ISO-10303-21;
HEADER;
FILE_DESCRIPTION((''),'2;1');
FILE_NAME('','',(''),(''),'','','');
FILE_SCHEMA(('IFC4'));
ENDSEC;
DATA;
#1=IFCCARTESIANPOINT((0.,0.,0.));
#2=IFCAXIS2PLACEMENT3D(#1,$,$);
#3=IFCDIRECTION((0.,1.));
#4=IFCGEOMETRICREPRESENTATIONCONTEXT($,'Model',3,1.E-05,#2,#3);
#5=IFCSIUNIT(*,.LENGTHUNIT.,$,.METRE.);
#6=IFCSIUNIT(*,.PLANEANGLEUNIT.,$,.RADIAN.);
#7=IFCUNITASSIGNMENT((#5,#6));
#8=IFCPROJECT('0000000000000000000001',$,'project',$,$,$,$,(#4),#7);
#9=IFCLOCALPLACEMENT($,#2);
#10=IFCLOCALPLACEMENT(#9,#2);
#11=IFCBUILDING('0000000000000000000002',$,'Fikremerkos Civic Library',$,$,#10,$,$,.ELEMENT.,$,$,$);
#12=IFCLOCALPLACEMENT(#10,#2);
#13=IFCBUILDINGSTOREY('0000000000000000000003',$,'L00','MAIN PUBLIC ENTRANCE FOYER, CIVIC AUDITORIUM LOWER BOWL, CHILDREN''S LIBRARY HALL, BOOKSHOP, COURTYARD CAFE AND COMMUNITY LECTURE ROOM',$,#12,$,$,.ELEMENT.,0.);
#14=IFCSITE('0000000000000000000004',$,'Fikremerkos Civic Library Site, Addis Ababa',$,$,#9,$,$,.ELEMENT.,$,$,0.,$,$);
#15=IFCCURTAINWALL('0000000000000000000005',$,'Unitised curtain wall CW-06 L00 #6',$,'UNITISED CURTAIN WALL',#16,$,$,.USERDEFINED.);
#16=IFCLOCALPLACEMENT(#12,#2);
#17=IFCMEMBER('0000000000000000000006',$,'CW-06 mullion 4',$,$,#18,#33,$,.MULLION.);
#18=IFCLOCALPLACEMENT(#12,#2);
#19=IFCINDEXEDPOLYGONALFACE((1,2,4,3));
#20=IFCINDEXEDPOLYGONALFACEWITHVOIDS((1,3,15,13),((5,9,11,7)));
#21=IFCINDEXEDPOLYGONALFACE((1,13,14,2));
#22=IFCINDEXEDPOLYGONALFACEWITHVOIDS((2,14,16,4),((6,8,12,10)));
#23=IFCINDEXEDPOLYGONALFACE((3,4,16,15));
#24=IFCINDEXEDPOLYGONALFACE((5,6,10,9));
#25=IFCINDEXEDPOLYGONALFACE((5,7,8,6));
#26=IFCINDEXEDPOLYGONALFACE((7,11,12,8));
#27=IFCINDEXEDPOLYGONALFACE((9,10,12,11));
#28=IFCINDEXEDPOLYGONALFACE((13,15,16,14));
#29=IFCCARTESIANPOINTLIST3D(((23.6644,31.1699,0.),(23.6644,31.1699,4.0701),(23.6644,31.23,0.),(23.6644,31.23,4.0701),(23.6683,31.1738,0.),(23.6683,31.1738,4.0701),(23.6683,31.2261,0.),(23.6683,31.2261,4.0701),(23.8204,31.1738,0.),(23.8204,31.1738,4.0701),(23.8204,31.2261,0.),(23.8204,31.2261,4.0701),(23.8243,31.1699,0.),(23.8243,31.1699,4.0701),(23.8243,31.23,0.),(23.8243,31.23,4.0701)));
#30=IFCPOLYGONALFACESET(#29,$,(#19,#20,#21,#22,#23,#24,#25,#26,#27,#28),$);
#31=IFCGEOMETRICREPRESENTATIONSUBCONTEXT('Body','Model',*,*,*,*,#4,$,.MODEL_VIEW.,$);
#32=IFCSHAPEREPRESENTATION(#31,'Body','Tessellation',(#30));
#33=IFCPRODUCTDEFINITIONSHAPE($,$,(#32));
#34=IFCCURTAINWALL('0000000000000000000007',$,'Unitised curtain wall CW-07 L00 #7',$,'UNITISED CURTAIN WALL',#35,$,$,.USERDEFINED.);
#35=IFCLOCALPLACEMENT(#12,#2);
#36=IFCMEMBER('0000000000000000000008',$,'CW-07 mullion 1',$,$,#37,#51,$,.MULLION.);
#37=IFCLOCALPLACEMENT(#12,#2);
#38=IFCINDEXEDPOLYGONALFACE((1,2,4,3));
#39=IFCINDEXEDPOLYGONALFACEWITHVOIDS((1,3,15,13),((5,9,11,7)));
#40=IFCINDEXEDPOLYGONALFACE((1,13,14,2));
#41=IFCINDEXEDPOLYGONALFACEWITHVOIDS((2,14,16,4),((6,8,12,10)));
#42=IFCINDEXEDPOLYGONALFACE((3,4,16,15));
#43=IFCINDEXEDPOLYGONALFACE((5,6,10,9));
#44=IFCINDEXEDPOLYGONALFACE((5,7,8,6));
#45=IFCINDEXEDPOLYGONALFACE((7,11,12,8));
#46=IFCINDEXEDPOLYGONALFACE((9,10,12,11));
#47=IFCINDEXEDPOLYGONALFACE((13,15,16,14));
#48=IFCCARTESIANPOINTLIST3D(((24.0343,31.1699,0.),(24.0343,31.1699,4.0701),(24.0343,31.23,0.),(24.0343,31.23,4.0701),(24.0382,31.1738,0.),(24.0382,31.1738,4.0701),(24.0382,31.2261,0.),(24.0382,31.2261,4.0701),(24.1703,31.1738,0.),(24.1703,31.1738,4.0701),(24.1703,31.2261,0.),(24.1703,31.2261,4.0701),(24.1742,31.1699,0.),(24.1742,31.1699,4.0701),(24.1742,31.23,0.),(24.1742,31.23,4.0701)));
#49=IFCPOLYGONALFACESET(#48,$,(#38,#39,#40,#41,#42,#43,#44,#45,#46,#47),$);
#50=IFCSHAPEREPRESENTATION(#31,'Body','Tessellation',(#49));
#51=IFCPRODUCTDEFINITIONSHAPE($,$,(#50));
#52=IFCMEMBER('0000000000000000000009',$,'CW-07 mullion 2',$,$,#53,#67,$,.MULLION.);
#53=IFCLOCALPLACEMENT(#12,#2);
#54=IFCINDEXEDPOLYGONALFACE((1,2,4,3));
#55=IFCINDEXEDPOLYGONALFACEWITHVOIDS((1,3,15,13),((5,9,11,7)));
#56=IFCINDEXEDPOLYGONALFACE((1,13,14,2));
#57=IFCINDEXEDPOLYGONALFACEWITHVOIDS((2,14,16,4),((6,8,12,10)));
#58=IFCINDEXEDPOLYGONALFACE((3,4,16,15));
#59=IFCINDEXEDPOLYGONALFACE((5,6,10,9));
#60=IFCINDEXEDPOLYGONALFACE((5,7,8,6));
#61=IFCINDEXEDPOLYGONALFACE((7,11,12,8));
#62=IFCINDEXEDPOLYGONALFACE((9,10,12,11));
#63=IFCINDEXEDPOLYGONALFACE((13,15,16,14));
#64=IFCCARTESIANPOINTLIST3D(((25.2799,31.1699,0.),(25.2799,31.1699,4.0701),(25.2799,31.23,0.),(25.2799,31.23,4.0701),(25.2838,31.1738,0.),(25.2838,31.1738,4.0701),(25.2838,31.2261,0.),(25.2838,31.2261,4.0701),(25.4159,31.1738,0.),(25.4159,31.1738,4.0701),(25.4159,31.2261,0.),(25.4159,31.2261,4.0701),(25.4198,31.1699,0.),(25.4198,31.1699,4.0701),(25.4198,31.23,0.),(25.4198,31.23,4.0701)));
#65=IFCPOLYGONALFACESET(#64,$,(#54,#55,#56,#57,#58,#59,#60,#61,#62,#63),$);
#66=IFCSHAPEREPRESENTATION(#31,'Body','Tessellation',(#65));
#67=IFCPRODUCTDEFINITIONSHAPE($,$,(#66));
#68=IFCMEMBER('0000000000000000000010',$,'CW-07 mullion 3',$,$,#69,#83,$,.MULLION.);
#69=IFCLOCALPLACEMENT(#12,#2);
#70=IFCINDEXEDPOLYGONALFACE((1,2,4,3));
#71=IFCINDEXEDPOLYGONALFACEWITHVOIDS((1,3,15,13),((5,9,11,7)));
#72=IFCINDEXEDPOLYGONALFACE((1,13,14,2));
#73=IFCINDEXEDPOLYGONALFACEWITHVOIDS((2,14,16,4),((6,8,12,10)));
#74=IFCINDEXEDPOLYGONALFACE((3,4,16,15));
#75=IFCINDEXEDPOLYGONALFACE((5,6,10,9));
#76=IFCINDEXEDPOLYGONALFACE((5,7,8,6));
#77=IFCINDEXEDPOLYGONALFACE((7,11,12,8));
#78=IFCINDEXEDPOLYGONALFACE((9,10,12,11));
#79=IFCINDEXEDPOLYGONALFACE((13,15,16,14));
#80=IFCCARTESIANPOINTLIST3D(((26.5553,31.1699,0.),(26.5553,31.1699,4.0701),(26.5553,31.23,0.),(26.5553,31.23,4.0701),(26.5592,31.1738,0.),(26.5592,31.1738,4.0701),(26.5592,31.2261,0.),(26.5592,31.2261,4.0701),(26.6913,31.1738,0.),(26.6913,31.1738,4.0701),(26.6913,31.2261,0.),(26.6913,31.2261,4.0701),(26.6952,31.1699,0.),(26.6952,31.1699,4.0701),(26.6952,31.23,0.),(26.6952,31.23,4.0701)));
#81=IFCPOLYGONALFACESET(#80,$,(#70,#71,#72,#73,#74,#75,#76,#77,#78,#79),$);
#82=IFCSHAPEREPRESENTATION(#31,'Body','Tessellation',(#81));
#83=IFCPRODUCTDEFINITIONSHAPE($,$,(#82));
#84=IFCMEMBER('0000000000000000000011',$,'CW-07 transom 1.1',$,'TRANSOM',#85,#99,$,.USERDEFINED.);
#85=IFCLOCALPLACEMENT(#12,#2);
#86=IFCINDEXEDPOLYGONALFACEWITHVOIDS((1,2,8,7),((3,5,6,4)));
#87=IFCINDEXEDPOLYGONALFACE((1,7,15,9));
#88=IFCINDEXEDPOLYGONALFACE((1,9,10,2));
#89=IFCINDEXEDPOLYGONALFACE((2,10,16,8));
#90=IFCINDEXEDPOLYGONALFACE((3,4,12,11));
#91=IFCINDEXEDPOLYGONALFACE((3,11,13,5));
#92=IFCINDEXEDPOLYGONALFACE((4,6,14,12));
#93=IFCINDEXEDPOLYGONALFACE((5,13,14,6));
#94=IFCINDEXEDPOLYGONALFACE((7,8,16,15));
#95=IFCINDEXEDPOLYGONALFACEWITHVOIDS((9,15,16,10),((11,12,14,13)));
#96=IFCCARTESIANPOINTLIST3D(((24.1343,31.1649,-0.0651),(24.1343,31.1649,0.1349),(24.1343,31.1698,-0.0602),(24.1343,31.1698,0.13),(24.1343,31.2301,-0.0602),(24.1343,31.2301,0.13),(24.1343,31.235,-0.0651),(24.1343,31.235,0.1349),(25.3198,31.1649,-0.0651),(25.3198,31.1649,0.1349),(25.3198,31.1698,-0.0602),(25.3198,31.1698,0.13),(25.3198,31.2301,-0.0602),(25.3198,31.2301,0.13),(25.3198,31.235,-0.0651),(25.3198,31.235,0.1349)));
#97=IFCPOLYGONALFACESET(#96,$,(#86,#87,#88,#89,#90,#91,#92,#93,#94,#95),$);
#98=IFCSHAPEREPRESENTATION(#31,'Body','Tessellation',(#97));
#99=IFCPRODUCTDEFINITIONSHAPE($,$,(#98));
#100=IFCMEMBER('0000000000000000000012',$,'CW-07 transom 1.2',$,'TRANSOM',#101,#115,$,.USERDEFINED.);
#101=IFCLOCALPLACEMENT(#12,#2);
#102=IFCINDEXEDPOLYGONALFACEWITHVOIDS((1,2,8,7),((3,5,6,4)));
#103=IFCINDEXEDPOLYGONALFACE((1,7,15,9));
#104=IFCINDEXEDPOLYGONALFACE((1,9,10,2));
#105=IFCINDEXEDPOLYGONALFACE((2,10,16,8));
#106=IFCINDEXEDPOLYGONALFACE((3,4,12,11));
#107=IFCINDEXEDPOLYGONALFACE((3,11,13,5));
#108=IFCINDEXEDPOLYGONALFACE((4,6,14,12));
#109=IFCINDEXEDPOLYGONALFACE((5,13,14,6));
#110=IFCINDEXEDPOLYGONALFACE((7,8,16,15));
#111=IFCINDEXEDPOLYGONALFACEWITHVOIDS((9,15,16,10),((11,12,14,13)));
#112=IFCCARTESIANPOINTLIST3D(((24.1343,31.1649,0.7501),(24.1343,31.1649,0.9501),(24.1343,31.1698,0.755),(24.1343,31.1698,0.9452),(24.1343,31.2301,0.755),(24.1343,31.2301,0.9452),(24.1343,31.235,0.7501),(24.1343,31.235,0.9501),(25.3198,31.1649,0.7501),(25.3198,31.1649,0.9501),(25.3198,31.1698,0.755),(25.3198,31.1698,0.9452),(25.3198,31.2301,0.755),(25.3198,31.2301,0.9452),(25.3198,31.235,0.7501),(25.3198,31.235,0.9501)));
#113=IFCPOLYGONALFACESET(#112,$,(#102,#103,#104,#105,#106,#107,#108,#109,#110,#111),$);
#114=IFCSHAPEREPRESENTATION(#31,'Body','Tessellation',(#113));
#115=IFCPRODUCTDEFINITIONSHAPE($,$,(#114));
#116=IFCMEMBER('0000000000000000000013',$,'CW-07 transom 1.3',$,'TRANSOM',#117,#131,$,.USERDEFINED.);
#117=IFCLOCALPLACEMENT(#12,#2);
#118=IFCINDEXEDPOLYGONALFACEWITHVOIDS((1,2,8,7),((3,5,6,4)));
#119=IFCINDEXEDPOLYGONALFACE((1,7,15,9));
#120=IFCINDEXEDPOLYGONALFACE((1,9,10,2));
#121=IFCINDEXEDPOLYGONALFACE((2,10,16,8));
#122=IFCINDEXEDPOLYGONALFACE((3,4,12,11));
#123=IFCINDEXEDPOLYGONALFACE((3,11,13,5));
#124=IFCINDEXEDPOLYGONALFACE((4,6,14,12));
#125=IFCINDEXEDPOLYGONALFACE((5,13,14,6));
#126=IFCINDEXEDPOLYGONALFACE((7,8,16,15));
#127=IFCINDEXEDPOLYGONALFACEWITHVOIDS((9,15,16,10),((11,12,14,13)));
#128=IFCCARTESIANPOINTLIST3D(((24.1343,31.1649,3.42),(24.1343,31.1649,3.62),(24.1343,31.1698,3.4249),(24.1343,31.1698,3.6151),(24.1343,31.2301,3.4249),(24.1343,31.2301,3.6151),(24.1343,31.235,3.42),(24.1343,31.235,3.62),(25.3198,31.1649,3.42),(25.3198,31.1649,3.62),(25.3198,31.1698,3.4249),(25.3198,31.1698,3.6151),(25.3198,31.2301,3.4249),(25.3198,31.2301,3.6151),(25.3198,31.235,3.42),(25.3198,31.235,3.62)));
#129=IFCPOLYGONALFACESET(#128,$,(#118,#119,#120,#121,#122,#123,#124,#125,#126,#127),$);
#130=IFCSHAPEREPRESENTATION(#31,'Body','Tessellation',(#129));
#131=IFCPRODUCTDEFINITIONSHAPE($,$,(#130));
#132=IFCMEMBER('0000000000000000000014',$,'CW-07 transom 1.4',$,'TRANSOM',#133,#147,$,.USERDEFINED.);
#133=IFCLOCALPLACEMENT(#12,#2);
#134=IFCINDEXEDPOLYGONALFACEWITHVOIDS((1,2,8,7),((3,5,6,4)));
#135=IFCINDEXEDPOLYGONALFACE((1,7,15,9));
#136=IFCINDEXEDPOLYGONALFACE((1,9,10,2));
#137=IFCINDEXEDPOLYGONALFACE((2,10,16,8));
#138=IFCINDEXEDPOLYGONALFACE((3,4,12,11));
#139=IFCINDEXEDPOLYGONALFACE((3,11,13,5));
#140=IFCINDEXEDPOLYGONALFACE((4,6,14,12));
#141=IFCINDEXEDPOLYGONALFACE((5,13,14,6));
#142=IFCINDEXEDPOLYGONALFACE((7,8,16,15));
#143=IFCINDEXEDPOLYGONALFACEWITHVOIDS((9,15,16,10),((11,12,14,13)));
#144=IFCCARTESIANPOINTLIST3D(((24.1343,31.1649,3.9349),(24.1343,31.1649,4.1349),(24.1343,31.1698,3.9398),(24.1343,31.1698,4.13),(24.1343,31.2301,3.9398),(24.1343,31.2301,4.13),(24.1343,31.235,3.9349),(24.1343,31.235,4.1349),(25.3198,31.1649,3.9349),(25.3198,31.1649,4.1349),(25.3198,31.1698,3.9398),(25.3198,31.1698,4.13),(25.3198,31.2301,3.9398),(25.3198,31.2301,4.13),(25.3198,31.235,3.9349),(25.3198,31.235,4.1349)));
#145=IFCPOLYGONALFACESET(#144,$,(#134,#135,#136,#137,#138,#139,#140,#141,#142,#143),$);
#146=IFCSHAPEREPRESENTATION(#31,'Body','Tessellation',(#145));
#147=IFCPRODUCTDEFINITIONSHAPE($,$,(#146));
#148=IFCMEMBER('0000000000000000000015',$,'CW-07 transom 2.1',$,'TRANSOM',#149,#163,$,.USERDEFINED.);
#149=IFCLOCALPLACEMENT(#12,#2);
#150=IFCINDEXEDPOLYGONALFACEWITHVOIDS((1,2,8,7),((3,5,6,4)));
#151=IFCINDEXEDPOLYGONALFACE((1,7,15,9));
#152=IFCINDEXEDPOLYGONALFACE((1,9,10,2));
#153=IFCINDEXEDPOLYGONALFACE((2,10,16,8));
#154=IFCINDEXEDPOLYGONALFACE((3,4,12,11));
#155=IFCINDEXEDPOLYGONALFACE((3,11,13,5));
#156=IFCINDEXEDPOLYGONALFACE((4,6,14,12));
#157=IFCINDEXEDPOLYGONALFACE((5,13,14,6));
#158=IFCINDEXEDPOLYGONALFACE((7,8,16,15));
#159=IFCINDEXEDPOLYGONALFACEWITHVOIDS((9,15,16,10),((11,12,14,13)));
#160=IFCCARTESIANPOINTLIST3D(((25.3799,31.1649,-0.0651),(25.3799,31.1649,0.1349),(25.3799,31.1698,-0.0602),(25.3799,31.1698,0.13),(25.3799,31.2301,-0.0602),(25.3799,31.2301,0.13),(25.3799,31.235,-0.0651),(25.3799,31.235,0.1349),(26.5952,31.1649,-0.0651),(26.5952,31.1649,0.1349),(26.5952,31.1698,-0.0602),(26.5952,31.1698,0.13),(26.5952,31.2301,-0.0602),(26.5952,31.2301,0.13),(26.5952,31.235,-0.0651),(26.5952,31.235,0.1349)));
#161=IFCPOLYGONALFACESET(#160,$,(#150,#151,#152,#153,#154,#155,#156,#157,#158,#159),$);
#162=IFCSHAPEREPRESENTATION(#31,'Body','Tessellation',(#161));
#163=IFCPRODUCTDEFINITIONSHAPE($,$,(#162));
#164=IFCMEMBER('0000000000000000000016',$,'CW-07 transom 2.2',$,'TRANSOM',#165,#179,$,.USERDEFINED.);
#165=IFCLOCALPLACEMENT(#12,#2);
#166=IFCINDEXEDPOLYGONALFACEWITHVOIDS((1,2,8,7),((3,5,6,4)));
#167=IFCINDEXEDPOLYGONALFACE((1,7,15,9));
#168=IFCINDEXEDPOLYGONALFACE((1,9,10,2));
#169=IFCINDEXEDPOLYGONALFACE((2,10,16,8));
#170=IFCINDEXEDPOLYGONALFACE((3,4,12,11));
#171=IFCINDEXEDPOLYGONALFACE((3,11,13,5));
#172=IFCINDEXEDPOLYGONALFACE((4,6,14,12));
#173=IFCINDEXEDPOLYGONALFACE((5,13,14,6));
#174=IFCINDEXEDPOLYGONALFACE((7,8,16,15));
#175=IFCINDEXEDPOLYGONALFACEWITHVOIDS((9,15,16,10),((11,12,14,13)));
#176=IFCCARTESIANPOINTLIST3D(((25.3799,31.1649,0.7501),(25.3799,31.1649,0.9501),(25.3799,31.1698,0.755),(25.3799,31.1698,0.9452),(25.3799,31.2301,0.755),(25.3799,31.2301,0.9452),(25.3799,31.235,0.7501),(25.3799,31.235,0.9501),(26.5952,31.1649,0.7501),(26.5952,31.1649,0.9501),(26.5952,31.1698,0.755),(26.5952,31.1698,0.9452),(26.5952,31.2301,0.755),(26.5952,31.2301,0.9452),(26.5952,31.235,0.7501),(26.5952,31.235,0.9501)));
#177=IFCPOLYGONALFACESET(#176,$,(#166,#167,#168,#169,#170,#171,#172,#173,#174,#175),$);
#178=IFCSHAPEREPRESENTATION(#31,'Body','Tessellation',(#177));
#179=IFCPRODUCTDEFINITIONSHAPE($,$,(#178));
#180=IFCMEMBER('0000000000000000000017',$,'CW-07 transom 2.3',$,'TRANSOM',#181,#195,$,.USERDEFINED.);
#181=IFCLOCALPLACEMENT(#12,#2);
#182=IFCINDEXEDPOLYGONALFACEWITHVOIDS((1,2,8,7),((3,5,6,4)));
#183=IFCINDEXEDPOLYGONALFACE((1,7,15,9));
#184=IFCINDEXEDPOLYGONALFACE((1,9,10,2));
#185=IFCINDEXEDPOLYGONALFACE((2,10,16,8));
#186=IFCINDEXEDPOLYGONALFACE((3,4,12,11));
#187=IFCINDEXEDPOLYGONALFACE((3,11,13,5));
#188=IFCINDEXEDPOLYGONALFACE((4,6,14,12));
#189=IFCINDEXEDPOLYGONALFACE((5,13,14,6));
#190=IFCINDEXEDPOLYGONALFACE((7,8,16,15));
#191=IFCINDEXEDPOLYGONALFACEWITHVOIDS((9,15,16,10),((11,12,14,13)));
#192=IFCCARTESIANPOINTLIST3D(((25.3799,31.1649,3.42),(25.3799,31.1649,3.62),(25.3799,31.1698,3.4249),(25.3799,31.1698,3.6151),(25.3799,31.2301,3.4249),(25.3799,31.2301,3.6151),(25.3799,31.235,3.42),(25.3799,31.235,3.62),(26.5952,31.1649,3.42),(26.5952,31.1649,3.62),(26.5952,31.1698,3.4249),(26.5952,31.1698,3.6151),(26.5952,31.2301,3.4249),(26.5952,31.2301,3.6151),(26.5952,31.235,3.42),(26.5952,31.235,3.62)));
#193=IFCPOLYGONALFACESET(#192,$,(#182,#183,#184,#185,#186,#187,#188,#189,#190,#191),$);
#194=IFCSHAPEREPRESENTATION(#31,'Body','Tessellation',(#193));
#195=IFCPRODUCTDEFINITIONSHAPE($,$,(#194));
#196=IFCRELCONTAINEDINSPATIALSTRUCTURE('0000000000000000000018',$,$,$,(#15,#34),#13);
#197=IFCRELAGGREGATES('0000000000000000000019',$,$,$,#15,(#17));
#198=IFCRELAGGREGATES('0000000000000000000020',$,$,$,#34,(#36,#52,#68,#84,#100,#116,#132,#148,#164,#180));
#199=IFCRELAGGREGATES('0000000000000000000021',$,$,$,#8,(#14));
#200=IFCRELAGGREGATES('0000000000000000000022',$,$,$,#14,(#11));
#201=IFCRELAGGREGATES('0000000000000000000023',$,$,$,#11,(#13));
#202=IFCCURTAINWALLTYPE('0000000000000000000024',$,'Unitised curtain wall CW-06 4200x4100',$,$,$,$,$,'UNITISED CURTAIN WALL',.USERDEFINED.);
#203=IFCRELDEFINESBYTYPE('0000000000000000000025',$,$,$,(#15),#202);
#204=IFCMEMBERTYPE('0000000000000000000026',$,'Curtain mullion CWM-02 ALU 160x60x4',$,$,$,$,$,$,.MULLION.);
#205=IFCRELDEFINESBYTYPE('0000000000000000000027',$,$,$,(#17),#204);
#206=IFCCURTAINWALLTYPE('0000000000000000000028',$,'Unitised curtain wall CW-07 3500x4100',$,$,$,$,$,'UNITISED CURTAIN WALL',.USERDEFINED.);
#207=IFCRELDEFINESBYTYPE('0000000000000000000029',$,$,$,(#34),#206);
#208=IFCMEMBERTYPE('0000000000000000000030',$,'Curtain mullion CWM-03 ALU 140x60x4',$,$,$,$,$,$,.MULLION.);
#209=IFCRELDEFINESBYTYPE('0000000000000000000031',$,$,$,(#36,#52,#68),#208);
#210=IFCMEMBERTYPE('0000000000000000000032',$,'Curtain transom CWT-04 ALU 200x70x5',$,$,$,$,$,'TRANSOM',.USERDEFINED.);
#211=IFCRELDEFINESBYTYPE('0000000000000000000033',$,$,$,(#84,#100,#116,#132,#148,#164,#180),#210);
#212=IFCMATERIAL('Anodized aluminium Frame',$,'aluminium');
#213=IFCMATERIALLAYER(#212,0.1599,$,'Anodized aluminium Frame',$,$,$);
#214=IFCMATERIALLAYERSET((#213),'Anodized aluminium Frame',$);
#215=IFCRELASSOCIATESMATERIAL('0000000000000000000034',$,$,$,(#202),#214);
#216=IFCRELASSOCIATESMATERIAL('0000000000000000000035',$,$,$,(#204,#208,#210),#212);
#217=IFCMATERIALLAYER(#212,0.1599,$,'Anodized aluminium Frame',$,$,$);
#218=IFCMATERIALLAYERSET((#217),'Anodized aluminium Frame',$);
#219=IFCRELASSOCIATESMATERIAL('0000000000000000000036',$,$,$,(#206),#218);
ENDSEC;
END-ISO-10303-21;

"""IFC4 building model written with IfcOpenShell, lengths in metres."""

from ifc_helpers import new_model, si_unit, direction, frame, origin, origin_2d, place, context, subcontext, project, spatial, hollow_rectangle, extrude, material, layer, layer_set, material_profile, profile_set, type_object, element, aggregate, save


model = new_model("IFC4")

# Units and contexts
model_context = context("Model", 3, precision=1e-05, world=origin(), true_north=direction((0.0, 1.0)))
body_context = subcontext(model_context, "Body", "Model", "MODEL_VIEW")
ifc_project = project(units=[si_unit("LENGTHUNIT", "METRE"), si_unit("PLANEANGLEUNIT", "RADIAN")], contexts=[model_context])

# Site, building, storey
site_placement = place(None, origin())
site = spatial("IfcSite", under=ifc_project, at=site_placement, Name="Fikremerkos Civic Library Site, Addis Ababa", CompositionType="ELEMENT", RefElevation=0.0)
building_placement = place(site_placement, origin())
building = spatial("IfcBuilding", under=site, at=building_placement, Name="Fikremerkos Civic Library", CompositionType="ELEMENT")
storey_placement = place(building_placement, origin())
storey = spatial("IfcBuildingStorey", under=building, at=storey_placement, Name="L00", Description="MAIN PUBLIC ENTRANCE FOYER, CIVIC AUDITORIUM LOWER BOWL, CHILDREN'S LIBRARY HALL, BOOKSHOP, COURTYARD CAFE AND COMMUNITY LECTURE ROOM", CompositionType="ELEMENT", Elevation=0.0)

# Curtain wall, member
ifc_material_1 = material(Name="Anodized aluminium Frame", Category="aluminium")
ifc_layer_1 = layer(ifc_material_1, 0.1599, Name="Anodized aluminium Frame")
ifc_layer_set_1 = layer_set([ifc_layer_1], Name="Anodized aluminium Frame")
curtain_wall_type_1 = type_object("IfcCurtainWallType", Name="Unitised curtain wall CW-06 4200x4100", ElementType="UNITISED CURTAIN WALL", PredefinedType="USERDEFINED", material=ifc_layer_set_1)
curtain_wall_1_placement = place(storey_placement, origin())
curtain_wall_1 = element("IfcCurtainWall", 1, at=curtain_wall_1_placement, inside=storey, type_object=curtain_wall_type_1, Name="Unitised curtain wall CW-06 L00 #6", ObjectType="UNITISED CURTAIN WALL", PredefinedType="USERDEFINED")
ifc_material_profile_1 = material_profile(ifc_material_1, hollow_rectangle(XDim=0.0601, YDim=0.1599, WallThickness=0.0039, at=origin_2d()), Name="ALU 160x60x4")
ifc_profile_set_1 = profile_set([ifc_material_profile_1], Name="Anodized aluminium Frame")
member_type_1 = type_object("IfcMemberType", Name="Curtain mullion CWM-02 ALU 160x60x4", PredefinedType="MULLION", material=ifc_profile_set_1)
member_1_placement = place(storey_placement, frame((23.7444, 31.2, 0.0), z_axis=(0.0, 0.0, 1.0), x_axis=(0.0, 1.0, 0.0)))
member_1 = element("IfcMember", 2, at=member_1_placement, type_object=member_type_1, Name="CW-06 mullion 4", PredefinedType="MULLION", context=body_context, shape_type="SweptSolid", body=[
    extrude(hollow_rectangle(XDim=0.0601, YDim=0.1599, WallThickness=0.0039, at=origin_2d()), origin(), (0.0, 0.0, 1.0), 4.0701),
])

# Curtain wall, members
ifc_layer_2 = layer(ifc_material_1, 0.1599, Name="Anodized aluminium Frame")
ifc_layer_set_2 = layer_set([ifc_layer_2], Name="Anodized aluminium Frame")
curtain_wall_type_2 = type_object("IfcCurtainWallType", Name="Unitised curtain wall CW-07 3500x4100", ElementType="UNITISED CURTAIN WALL", PredefinedType="USERDEFINED", material=ifc_layer_set_2)
curtain_wall_2_placement = place(storey_placement, origin())
curtain_wall_2 = element("IfcCurtainWall", 3, at=curtain_wall_2_placement, inside=storey, type_object=curtain_wall_type_2, Name="Unitised curtain wall CW-07 L00 #7", ObjectType="UNITISED CURTAIN WALL", PredefinedType="USERDEFINED")
ifc_material_profile_2 = material_profile(ifc_material_1, hollow_rectangle(XDim=0.0601, YDim=0.1399, WallThickness=0.0039, at=origin_2d()), Name="ALU 140x60x4")
ifc_profile_set_2 = profile_set([ifc_material_profile_2], Name="Anodized aluminium Frame")
member_type_2 = type_object("IfcMemberType", Name="Curtain mullion CWM-03 ALU 140x60x4", PredefinedType="MULLION", material=ifc_profile_set_2)
member_2_placement = place(storey_placement, frame((24.1042, 31.2, 0.0), z_axis=(0.0, 0.0, 1.0), x_axis=(0.0, 1.0, 0.0)))
member_2 = element("IfcMember", 4, at=member_2_placement, type_object=member_type_2, Name="CW-07 mullion 1", PredefinedType="MULLION", context=body_context, shape_type="SweptSolid", body=[
    extrude(hollow_rectangle(XDim=0.0601, YDim=0.1399, WallThickness=0.0039, at=origin_2d()), origin(), (0.0, 0.0, 1.0), 4.0701),
])
member_3_placement = place(storey_placement, frame((25.3499, 31.2, 0.0), z_axis=(0.0, 0.0, 1.0), x_axis=(0.0, 1.0, 0.0)))
member_3 = element("IfcMember", 5, at=member_3_placement, type_object=member_type_2, Name="CW-07 mullion 2", PredefinedType="MULLION", context=body_context, shape_type="SweptSolid", body=[
    extrude(hollow_rectangle(XDim=0.0601, YDim=0.1399, WallThickness=0.0039, at=origin_2d()), origin(), (0.0, 0.0, 1.0), 4.0701),
])
member_4_placement = place(storey_placement, frame((26.6252, 31.2, 0.0), z_axis=(0.0, 0.0, 1.0), x_axis=(0.0, 1.0, 0.0)))
member_4 = element("IfcMember", 6, at=member_4_placement, type_object=member_type_2, Name="CW-07 mullion 3", PredefinedType="MULLION", context=body_context, shape_type="SweptSolid", body=[
    extrude(hollow_rectangle(XDim=0.0601, YDim=0.1399, WallThickness=0.0039, at=origin_2d()), origin(), (0.0, 0.0, 1.0), 4.0701),
])
ifc_material_profile_3 = material_profile(ifc_material_1, hollow_rectangle(XDim=0.0701, YDim=0.2, WallThickness=0.0049, at=origin_2d()), Name="ALU 200x70x5")
ifc_profile_set_3 = profile_set([ifc_material_profile_3], Name="Anodized aluminium Frame")
member_type_3 = type_object("IfcMemberType", Name="Curtain transom CWT-04 ALU 200x70x5", ElementType="TRANSOM", PredefinedType="USERDEFINED", material=ifc_profile_set_3)
member_5_placement = place(storey_placement, frame((24.1343, 31.2, 0.0349), z_axis=(1.0, 0.0, 0.0), x_axis=(0.0, 1.0, 0.0)))
member_5 = element("IfcMember", 7, at=member_5_placement, type_object=member_type_3, Name="CW-07 transom 1.1", ObjectType="TRANSOM", PredefinedType="USERDEFINED", context=body_context, shape_type="SweptSolid", body=[
    extrude(hollow_rectangle(XDim=0.0701, YDim=0.2, WallThickness=0.0049, at=origin_2d()), origin(), (0.0, 0.0, 1.0), 1.1855),
])
member_6_placement = place(storey_placement, frame((24.1343, 31.2, 0.8501), z_axis=(1.0, 0.0, 0.0), x_axis=(0.0, 1.0, 0.0)))
member_6 = element("IfcMember", 8, at=member_6_placement, type_object=member_type_3, Name="CW-07 transom 1.2", ObjectType="TRANSOM", PredefinedType="USERDEFINED", context=body_context, shape_type="SweptSolid", body=[
    extrude(hollow_rectangle(XDim=0.0701, YDim=0.2, WallThickness=0.0049, at=origin_2d()), origin(), (0.0, 0.0, 1.0), 1.1855),
])
member_7_placement = place(storey_placement, frame((24.1343, 31.2, 3.52), z_axis=(1.0, 0.0, 0.0), x_axis=(0.0, 1.0, 0.0)))
member_7 = element("IfcMember", 9, at=member_7_placement, type_object=member_type_3, Name="CW-07 transom 1.3", ObjectType="TRANSOM", PredefinedType="USERDEFINED", context=body_context, shape_type="SweptSolid", body=[
    extrude(hollow_rectangle(XDim=0.0701, YDim=0.2, WallThickness=0.0049, at=origin_2d()), origin(), (0.0, 0.0, 1.0), 1.1855),
])
member_8_placement = place(storey_placement, frame((24.1343, 31.2, 4.0349), z_axis=(1.0, 0.0, 0.0), x_axis=(0.0, 1.0, 0.0)))
member_8 = element("IfcMember", 10, at=member_8_placement, type_object=member_type_3, Name="CW-07 transom 1.4", ObjectType="TRANSOM", PredefinedType="USERDEFINED", context=body_context, shape_type="SweptSolid", body=[
    extrude(hollow_rectangle(XDim=0.0701, YDim=0.2, WallThickness=0.0049, at=origin_2d()), origin(), (0.0, 0.0, 1.0), 1.1855),
])
member_9_placement = place(storey_placement, frame((25.3799, 31.2, 0.0349), z_axis=(1.0, 0.0, 0.0), x_axis=(0.0, 1.0, 0.0)))
member_9 = element("IfcMember", 11, at=member_9_placement, type_object=member_type_3, Name="CW-07 transom 2.1", ObjectType="TRANSOM", PredefinedType="USERDEFINED", context=body_context, shape_type="SweptSolid", body=[
    extrude(hollow_rectangle(XDim=0.0701, YDim=0.2, WallThickness=0.0049, at=origin_2d()), origin(), (0.0, 0.0, 1.0), 1.2153),
])
member_10_placement = place(storey_placement, frame((25.3799, 31.2, 0.8501), z_axis=(1.0, 0.0, 0.0), x_axis=(0.0, 1.0, 0.0)))
member_10 = element("IfcMember", 12, at=member_10_placement, type_object=member_type_3, Name="CW-07 transom 2.2", ObjectType="TRANSOM", PredefinedType="USERDEFINED", context=body_context, shape_type="SweptSolid", body=[
    extrude(hollow_rectangle(XDim=0.0701, YDim=0.2, WallThickness=0.0049, at=origin_2d()), origin(), (0.0, 0.0, 1.0), 1.2153),
])
member_11_placement = place(storey_placement, frame((25.3799, 31.2, 3.52), z_axis=(1.0, 0.0, 0.0), x_axis=(0.0, 1.0, 0.0)))
member_11 = element("IfcMember", 13, at=member_11_placement, type_object=member_type_3, Name="CW-07 transom 2.3", ObjectType="TRANSOM", PredefinedType="USERDEFINED", context=body_context, shape_type="SweptSolid", body=[
    extrude(hollow_rectangle(XDim=0.0701, YDim=0.2, WallThickness=0.0049, at=origin_2d()), origin(), (0.0, 0.0, 1.0), 1.2153),
])

aggregate(curtain_wall_1, [member_1])
aggregate(curtain_wall_2, [member_2, member_3, member_4, member_5, member_6, member_7, member_8, member_9, member_10, member_11])

save(model, "model.ifc")
